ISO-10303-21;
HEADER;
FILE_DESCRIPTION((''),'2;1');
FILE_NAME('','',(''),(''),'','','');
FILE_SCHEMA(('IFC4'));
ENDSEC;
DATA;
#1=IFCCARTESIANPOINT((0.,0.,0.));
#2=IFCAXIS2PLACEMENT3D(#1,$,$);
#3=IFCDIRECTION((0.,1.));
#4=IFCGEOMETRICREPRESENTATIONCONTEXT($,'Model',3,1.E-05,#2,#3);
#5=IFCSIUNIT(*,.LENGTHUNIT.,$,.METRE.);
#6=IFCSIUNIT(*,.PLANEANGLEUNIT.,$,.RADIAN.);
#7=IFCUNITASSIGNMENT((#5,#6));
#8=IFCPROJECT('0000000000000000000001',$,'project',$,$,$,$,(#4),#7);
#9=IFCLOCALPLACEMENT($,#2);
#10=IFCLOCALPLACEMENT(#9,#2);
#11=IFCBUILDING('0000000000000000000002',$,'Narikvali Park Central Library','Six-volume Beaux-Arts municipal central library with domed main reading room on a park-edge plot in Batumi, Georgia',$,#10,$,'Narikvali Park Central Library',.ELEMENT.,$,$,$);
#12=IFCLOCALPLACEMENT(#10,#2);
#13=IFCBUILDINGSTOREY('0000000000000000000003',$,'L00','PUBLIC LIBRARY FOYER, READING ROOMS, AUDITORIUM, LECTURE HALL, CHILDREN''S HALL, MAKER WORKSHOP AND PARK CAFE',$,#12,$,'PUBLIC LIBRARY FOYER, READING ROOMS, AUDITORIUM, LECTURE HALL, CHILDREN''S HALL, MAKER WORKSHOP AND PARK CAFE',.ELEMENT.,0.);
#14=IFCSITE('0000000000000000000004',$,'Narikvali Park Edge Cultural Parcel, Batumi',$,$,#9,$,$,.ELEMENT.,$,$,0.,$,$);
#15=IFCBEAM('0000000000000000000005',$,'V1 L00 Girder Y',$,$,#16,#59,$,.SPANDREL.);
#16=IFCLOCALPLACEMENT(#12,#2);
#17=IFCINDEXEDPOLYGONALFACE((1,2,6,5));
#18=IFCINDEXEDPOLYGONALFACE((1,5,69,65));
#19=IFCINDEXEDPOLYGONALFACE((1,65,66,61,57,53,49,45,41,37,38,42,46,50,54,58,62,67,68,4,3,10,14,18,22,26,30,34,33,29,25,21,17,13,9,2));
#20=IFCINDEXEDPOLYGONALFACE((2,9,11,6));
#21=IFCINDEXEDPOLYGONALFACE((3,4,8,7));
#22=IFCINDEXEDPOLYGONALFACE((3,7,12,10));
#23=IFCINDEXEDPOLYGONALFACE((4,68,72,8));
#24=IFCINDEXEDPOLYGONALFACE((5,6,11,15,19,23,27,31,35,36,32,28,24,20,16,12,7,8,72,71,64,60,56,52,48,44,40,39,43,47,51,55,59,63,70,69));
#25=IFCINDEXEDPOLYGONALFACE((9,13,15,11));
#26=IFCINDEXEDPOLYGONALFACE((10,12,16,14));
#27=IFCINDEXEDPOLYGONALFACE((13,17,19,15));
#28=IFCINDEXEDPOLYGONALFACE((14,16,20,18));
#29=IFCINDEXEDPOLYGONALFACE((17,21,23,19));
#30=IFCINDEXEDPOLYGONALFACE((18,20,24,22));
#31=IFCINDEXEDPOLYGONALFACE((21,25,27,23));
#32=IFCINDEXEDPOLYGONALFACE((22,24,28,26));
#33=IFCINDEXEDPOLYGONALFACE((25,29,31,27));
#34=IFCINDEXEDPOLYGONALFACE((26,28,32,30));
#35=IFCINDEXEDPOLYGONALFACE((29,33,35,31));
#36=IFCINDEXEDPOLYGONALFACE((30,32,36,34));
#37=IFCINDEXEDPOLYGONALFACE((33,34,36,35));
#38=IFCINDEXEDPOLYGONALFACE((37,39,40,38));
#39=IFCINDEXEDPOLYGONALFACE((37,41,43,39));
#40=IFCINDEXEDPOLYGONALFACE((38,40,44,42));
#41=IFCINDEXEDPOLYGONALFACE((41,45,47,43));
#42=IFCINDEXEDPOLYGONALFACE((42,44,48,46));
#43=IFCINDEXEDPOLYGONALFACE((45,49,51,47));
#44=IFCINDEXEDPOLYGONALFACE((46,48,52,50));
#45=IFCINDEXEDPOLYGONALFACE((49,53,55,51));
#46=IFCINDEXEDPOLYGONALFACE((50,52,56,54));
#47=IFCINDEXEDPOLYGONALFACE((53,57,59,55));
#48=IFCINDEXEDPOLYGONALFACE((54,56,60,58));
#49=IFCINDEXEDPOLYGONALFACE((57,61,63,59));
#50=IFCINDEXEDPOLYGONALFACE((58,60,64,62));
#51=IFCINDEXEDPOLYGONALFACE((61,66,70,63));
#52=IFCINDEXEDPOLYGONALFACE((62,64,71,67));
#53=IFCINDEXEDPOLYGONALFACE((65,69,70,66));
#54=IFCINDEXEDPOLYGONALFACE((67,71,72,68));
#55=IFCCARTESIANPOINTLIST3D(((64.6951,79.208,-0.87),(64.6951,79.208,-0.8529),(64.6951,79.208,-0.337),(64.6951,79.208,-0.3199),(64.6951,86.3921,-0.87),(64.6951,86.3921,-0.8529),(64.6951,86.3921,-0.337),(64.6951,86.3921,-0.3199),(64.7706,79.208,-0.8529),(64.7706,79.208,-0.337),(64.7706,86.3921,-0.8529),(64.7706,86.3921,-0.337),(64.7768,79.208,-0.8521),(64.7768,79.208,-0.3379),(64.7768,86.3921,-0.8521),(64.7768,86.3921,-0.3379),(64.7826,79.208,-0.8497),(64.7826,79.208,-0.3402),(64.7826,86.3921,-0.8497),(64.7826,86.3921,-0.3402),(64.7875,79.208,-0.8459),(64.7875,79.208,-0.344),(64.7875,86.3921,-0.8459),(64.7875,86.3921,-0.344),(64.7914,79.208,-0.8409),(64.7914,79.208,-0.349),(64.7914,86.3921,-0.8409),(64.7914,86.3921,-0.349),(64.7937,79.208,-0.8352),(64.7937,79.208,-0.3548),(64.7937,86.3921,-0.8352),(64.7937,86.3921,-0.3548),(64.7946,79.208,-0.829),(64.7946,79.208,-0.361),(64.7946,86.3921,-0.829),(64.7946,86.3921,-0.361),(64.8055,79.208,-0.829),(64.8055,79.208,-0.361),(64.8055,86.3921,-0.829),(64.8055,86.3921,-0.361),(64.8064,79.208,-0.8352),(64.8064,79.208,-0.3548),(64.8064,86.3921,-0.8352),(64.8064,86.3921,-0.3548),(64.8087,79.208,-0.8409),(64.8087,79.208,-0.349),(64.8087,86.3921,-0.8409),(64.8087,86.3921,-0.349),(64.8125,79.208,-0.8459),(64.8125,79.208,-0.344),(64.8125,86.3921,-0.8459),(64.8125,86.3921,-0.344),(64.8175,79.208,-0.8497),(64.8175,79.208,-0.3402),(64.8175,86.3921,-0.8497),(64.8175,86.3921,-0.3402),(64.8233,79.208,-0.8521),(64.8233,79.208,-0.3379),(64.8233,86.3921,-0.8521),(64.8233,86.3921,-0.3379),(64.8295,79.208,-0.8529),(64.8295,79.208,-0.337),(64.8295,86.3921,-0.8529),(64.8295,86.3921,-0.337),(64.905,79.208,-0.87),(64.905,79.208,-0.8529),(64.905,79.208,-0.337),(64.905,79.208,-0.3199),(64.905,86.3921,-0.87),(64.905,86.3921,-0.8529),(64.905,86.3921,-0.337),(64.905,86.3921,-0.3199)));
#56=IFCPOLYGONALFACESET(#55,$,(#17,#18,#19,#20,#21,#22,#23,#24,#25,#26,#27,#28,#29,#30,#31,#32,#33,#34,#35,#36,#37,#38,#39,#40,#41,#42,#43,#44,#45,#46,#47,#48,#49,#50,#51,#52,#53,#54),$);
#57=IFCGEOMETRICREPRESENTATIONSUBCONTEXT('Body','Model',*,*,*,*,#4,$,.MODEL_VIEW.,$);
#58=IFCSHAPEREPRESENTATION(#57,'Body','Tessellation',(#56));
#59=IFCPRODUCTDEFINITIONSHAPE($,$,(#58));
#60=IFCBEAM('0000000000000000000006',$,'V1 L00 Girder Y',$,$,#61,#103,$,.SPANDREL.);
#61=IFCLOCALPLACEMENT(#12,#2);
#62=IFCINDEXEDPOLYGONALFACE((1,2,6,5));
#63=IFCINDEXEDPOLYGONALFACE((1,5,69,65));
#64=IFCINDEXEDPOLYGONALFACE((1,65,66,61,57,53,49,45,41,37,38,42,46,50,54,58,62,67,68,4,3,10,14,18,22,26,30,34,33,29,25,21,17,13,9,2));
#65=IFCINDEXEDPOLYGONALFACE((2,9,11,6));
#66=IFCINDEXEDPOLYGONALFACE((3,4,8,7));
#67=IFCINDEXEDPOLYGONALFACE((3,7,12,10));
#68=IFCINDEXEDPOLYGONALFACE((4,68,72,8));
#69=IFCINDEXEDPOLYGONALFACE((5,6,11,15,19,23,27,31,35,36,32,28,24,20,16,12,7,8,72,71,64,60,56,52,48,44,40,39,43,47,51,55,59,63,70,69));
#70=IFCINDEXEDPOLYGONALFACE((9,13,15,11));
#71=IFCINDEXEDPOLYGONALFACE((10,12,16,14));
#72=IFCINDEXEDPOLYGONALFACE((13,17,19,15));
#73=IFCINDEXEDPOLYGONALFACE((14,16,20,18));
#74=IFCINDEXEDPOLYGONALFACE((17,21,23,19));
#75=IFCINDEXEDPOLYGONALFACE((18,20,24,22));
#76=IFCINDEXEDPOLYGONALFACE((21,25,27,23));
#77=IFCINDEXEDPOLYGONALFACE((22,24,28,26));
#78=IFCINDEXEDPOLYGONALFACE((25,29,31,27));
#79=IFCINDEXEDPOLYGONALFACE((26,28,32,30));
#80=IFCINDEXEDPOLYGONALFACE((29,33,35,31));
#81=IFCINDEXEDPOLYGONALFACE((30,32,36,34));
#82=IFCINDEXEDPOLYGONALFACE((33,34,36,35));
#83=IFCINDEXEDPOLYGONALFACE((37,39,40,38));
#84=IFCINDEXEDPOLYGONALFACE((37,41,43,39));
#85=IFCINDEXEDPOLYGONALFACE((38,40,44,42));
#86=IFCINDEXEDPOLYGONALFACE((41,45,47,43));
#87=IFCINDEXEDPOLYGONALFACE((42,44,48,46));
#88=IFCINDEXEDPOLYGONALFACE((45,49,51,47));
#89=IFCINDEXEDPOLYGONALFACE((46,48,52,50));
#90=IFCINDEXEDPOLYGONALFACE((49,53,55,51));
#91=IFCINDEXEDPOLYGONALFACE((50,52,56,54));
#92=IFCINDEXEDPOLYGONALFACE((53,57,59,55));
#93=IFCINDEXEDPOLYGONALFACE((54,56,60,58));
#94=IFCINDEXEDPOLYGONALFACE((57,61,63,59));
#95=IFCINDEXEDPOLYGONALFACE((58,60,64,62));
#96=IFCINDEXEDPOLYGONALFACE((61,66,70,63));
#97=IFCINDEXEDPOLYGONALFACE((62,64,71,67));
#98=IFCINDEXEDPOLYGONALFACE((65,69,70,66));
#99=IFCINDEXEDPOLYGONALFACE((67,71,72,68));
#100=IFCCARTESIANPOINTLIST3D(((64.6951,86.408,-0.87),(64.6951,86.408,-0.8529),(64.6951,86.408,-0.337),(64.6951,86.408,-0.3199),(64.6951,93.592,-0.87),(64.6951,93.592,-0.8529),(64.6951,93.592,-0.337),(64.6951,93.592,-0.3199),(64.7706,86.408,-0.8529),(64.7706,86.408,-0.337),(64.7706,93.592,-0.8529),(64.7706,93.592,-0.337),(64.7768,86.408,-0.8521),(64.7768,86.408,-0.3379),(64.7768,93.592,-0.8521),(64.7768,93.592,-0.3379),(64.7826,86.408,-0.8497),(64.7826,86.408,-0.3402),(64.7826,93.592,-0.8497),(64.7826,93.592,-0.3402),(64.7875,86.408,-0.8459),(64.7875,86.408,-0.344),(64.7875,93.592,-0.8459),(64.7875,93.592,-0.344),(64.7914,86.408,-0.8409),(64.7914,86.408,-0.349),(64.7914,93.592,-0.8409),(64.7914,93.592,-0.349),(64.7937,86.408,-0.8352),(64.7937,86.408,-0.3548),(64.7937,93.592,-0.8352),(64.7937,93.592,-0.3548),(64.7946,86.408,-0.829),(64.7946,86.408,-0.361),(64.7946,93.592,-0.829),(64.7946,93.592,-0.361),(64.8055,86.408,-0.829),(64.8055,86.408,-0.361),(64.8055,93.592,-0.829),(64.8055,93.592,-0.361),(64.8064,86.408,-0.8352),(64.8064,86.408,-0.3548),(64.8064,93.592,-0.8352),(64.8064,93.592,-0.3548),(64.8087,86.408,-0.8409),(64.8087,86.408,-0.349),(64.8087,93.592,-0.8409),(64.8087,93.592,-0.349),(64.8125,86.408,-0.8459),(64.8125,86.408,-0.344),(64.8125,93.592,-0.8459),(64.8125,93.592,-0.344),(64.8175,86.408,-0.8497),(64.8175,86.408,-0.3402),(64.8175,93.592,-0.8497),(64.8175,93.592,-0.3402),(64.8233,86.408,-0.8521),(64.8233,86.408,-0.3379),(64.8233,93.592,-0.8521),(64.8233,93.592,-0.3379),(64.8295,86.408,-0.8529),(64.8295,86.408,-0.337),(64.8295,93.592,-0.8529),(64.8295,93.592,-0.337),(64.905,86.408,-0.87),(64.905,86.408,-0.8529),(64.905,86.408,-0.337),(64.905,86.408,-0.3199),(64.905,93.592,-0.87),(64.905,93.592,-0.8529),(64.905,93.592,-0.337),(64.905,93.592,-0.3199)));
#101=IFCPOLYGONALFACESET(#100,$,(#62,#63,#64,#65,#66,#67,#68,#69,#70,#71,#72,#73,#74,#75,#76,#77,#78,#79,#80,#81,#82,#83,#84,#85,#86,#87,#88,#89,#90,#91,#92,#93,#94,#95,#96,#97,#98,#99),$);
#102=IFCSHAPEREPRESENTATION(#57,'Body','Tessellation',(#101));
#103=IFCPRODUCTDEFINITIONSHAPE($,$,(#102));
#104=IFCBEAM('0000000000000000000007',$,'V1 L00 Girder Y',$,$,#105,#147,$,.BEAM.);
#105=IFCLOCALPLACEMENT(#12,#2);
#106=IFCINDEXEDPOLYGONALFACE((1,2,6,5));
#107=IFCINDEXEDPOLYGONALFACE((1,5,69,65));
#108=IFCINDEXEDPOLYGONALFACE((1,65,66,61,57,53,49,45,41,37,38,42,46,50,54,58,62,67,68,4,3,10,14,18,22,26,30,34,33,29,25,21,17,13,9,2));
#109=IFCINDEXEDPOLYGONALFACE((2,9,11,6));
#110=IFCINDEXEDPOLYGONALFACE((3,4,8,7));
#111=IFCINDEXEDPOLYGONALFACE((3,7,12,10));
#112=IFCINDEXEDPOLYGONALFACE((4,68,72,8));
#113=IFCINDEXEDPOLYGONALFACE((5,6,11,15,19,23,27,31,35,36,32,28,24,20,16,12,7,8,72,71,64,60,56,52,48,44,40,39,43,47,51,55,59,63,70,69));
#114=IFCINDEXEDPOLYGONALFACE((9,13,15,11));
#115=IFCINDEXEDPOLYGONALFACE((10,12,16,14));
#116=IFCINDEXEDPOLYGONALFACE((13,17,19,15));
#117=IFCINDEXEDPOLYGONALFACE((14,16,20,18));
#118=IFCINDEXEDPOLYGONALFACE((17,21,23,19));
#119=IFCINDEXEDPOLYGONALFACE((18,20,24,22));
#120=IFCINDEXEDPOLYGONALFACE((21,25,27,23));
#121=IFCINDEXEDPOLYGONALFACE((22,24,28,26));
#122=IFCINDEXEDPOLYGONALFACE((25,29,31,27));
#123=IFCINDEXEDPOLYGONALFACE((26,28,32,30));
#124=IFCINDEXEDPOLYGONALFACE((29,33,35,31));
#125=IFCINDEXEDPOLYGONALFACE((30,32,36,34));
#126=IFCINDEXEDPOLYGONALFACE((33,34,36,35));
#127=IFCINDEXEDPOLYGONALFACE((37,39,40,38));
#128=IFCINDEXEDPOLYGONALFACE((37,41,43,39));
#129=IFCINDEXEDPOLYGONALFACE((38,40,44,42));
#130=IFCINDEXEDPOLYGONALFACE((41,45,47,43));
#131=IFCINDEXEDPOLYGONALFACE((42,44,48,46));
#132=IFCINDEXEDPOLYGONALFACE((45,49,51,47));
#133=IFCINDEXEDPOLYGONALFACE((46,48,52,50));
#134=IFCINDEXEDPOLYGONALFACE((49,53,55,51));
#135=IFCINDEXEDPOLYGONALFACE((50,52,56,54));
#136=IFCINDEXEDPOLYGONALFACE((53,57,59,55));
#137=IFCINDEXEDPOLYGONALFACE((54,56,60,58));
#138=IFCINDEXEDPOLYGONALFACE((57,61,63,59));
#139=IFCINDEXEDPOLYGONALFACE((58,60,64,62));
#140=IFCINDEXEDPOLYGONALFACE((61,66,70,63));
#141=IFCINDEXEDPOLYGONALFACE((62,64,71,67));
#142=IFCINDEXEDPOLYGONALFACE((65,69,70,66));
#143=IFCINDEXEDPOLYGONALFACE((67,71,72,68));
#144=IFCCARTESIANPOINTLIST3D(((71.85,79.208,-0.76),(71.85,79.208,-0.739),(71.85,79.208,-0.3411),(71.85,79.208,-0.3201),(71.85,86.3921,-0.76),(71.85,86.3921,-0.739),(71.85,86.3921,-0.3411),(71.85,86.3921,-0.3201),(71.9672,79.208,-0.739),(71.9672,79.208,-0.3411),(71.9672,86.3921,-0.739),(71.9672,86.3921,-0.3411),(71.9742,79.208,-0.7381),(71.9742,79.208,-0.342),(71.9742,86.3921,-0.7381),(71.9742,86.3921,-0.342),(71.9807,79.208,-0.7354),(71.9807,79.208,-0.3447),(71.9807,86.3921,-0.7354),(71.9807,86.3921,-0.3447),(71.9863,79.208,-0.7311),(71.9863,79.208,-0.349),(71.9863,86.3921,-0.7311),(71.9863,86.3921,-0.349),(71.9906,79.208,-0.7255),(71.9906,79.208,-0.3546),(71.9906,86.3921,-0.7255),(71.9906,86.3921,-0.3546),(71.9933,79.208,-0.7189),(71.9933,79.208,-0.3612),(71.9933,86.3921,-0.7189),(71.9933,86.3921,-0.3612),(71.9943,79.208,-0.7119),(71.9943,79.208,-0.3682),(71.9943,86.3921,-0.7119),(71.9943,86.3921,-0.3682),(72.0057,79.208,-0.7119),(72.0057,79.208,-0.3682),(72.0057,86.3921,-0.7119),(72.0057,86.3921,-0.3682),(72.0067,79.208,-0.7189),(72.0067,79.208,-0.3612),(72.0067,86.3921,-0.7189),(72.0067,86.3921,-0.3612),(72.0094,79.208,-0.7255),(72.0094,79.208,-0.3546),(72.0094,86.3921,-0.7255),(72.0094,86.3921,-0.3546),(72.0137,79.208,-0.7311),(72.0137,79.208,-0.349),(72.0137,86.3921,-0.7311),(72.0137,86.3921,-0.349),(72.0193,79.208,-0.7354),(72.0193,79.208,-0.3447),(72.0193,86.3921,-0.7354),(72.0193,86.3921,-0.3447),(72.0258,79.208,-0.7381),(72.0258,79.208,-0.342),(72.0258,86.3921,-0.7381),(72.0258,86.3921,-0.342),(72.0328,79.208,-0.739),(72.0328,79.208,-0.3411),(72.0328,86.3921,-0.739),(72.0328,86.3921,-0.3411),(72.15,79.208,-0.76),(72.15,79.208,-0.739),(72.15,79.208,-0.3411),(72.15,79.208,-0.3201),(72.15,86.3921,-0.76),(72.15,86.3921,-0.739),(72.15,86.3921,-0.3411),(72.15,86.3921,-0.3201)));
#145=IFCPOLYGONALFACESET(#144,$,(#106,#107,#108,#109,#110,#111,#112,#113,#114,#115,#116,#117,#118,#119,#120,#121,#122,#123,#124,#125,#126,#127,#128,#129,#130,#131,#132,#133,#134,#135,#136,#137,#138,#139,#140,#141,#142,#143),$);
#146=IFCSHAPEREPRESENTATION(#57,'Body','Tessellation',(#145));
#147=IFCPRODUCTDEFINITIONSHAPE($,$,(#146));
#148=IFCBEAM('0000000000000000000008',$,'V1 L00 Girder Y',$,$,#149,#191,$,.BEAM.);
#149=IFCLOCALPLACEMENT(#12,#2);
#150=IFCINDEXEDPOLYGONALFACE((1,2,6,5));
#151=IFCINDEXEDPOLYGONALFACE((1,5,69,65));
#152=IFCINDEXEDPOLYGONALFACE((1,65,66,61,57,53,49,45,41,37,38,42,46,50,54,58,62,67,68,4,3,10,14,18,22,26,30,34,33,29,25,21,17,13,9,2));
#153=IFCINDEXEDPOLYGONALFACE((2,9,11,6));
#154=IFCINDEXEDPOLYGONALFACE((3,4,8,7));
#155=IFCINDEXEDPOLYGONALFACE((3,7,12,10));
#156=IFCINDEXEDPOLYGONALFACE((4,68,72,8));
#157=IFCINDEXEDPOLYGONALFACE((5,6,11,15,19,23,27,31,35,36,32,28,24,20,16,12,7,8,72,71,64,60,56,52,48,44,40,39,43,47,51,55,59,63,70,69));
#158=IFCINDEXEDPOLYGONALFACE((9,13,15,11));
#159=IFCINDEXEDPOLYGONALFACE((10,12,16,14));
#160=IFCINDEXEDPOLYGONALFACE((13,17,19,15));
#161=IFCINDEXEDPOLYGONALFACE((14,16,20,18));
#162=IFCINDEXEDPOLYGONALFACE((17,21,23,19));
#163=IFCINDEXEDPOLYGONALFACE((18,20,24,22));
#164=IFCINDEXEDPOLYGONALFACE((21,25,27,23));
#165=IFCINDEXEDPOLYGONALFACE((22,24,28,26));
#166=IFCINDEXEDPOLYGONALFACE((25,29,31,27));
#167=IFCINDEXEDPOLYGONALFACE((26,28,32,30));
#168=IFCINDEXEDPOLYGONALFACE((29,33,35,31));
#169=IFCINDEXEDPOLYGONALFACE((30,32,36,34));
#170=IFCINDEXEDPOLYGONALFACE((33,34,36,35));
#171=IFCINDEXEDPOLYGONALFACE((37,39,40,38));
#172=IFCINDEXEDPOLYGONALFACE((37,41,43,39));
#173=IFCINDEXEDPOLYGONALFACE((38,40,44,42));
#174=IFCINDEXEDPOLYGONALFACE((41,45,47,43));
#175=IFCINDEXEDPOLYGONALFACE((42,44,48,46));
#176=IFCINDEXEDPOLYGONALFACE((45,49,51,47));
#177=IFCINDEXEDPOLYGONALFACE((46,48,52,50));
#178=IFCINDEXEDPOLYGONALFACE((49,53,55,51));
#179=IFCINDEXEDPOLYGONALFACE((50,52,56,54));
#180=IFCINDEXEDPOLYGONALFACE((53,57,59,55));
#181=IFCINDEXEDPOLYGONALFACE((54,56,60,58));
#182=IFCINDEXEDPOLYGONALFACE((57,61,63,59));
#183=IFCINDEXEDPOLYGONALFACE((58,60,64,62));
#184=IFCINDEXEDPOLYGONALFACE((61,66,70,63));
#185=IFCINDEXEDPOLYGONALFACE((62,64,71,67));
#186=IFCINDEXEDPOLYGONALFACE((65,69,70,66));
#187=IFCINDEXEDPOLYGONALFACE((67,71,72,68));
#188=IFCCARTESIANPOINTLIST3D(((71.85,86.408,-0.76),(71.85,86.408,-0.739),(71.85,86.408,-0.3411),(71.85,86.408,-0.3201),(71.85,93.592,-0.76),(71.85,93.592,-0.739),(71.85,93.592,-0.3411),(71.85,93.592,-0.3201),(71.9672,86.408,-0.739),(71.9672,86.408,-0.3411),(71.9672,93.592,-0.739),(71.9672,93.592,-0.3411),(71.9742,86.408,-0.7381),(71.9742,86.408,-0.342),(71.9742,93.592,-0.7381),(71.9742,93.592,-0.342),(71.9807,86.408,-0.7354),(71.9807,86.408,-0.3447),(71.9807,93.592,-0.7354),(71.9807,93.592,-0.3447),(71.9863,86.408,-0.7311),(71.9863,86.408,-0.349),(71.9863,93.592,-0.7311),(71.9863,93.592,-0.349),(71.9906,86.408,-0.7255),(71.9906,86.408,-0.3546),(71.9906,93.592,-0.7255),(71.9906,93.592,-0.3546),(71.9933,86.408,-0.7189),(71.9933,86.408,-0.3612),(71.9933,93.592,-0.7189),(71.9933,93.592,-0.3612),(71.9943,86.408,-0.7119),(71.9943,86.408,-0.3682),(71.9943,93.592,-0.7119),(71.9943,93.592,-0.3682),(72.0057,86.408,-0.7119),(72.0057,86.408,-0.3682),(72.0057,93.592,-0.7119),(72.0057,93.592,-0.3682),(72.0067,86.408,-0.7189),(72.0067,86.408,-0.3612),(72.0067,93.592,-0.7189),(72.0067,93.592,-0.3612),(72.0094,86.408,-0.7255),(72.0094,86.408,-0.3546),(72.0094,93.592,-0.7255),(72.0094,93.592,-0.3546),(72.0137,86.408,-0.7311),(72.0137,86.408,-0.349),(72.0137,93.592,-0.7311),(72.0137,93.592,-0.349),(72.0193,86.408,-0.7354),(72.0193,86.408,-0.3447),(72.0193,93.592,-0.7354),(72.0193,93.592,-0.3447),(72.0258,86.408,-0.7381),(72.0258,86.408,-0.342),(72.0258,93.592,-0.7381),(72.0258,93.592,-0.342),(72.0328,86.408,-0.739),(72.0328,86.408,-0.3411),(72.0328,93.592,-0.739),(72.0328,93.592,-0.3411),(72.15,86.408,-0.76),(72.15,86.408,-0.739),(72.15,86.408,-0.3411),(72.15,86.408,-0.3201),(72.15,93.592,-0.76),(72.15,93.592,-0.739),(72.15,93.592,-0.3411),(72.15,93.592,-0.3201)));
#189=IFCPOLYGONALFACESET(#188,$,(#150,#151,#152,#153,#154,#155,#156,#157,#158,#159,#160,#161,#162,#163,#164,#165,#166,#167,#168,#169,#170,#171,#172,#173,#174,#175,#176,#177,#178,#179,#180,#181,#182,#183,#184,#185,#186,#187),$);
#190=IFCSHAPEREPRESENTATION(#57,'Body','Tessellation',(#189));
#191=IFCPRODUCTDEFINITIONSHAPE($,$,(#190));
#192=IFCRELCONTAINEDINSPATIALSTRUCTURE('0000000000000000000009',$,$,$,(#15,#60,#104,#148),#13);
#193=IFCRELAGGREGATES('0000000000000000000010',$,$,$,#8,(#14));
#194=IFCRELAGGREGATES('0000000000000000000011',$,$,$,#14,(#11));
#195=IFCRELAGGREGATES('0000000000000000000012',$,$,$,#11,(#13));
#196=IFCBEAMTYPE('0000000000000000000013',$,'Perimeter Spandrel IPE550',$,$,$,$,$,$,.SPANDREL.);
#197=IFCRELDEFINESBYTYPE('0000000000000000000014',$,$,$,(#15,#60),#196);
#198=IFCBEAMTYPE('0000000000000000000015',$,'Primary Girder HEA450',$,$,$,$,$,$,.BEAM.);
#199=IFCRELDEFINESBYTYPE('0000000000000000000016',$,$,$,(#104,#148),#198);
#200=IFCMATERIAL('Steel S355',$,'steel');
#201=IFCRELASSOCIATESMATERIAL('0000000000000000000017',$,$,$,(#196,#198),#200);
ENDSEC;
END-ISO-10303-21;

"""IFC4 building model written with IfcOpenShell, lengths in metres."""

from ifc_helpers import new_model, si_unit, direction, frame, origin, origin_2d, place, context, subcontext, project, spatial, i_section, extrude, material, material_profile, profile_set, type_object, element, save


model = new_model("IFC4")

# Units and contexts
model_context = context("Model", 3, precision=1e-05, world=origin(), true_north=direction((0.0, 1.0)))
body_context = subcontext(model_context, "Body", "Model", "MODEL_VIEW")
ifc_project = project(units=[si_unit("LENGTHUNIT", "METRE"), si_unit("PLANEANGLEUNIT", "RADIAN")], contexts=[model_context])

# Site, building, storey
site_placement = place(None, origin())
site = spatial("IfcSite", under=ifc_project, at=site_placement, Name="Narikvali Park Edge Cultural Parcel, Batumi", CompositionType="ELEMENT", RefElevation=0.0)
building_placement = place(site_placement, origin())
building = spatial("IfcBuilding", under=site, at=building_placement, Name="Narikvali Park Central Library", Description="Six-volume Beaux-Arts municipal central library with domed main reading room on a park-edge plot in Batumi, Georgia", LongName="Narikvali Park Central Library", CompositionType="ELEMENT")
storey_placement = place(building_placement, origin())
storey = spatial("IfcBuildingStorey", under=building, at=storey_placement, Name="L00", Description="PUBLIC LIBRARY FOYER, READING ROOMS, AUDITORIUM, LECTURE HALL, CHILDREN'S HALL, MAKER WORKSHOP AND PARK CAFE", LongName="PUBLIC LIBRARY FOYER, READING ROOMS, AUDITORIUM, LECTURE HALL, CHILDREN'S HALL, MAKER WORKSHOP AND PARK CAFE", CompositionType="ELEMENT", Elevation=0.0)

# Shared definitions
ifc_material_1 = material(Name="Steel S355", Category="steel")

# Beams
ifc_material_profile_1 = material_profile(ifc_material_1, i_section(OverallWidth=0.21, OverallDepth=0.55, WebThickness=0.011, FlangeThickness=0.0171, FilletRadius=0.0239, at=origin_2d()), Name="IPE 550")
ifc_profile_set_1 = profile_set([ifc_material_profile_1], Name="Steel S355")
beam_type_1 = type_object("IfcBeamType", Name="Perimeter Spandrel IPE550", PredefinedType="SPANDREL", material=ifc_profile_set_1)
for number, where, z_axis, x_axis, name in (
    (1, (64.8, 79.208, -0.595), (0.0, 1.0, 0.0), (-1.0, 0.0, 0.0), "V1 L00 Girder Y"),
    (2, (64.8, 86.408, -0.595), (0.0, 1.0, 0.0), (-1.0, 0.0, 0.0), "V1 L00 Girder Y"),
):
    element("IfcBeam", number, at=place(storey_placement, frame(where, z_axis=z_axis, x_axis=x_axis)), inside=storey, type_object=beam_type_1, Name=name, PredefinedType="SPANDREL", context=body_context, shape_type="SweptSolid", body=[
        extrude(i_section(OverallWidth=0.21, OverallDepth=0.55, WebThickness=0.011, FlangeThickness=0.0171, FilletRadius=0.0239, at=origin_2d()), origin(), (0.0, 0.0, 1.0), 7.1841),
    ])
ifc_material_profile_2 = material_profile(ifc_material_1, i_section(OverallWidth=0.3, OverallDepth=0.4399, WebThickness=0.0115, FlangeThickness=0.021, FilletRadius=0.0271, at=origin_2d()), Name="HEA 450")
ifc_profile_set_2 = profile_set([ifc_material_profile_2], Name="Steel S355")
beam_type_2 = type_object("IfcBeamType", Name="Primary Girder HEA450", PredefinedType="BEAM", material=ifc_profile_set_2)
for number, where, z_axis, x_axis, name in (
    (3, (72.0, 79.208, -0.54), (0.0, 1.0, 0.0), (-1.0, 0.0, 0.0), "V1 L00 Girder Y"),
    (4, (72.0, 86.408, -0.54), (0.0, 1.0, 0.0), (-1.0, 0.0, 0.0), "V1 L00 Girder Y"),
):
    element("IfcBeam", number, at=place(storey_placement, frame(where, z_axis=z_axis, x_axis=x_axis)), inside=storey, type_object=beam_type_2, Name=name, PredefinedType="BEAM", context=body_context, shape_type="SweptSolid", body=[
        extrude(i_section(OverallWidth=0.3, OverallDepth=0.4399, WebThickness=0.0115, FlangeThickness=0.021, FilletRadius=0.0271, at=origin_2d()), origin(), (0.0, 0.0, 1.0), 7.1841),
    ])

save(model, "model.ifc")
